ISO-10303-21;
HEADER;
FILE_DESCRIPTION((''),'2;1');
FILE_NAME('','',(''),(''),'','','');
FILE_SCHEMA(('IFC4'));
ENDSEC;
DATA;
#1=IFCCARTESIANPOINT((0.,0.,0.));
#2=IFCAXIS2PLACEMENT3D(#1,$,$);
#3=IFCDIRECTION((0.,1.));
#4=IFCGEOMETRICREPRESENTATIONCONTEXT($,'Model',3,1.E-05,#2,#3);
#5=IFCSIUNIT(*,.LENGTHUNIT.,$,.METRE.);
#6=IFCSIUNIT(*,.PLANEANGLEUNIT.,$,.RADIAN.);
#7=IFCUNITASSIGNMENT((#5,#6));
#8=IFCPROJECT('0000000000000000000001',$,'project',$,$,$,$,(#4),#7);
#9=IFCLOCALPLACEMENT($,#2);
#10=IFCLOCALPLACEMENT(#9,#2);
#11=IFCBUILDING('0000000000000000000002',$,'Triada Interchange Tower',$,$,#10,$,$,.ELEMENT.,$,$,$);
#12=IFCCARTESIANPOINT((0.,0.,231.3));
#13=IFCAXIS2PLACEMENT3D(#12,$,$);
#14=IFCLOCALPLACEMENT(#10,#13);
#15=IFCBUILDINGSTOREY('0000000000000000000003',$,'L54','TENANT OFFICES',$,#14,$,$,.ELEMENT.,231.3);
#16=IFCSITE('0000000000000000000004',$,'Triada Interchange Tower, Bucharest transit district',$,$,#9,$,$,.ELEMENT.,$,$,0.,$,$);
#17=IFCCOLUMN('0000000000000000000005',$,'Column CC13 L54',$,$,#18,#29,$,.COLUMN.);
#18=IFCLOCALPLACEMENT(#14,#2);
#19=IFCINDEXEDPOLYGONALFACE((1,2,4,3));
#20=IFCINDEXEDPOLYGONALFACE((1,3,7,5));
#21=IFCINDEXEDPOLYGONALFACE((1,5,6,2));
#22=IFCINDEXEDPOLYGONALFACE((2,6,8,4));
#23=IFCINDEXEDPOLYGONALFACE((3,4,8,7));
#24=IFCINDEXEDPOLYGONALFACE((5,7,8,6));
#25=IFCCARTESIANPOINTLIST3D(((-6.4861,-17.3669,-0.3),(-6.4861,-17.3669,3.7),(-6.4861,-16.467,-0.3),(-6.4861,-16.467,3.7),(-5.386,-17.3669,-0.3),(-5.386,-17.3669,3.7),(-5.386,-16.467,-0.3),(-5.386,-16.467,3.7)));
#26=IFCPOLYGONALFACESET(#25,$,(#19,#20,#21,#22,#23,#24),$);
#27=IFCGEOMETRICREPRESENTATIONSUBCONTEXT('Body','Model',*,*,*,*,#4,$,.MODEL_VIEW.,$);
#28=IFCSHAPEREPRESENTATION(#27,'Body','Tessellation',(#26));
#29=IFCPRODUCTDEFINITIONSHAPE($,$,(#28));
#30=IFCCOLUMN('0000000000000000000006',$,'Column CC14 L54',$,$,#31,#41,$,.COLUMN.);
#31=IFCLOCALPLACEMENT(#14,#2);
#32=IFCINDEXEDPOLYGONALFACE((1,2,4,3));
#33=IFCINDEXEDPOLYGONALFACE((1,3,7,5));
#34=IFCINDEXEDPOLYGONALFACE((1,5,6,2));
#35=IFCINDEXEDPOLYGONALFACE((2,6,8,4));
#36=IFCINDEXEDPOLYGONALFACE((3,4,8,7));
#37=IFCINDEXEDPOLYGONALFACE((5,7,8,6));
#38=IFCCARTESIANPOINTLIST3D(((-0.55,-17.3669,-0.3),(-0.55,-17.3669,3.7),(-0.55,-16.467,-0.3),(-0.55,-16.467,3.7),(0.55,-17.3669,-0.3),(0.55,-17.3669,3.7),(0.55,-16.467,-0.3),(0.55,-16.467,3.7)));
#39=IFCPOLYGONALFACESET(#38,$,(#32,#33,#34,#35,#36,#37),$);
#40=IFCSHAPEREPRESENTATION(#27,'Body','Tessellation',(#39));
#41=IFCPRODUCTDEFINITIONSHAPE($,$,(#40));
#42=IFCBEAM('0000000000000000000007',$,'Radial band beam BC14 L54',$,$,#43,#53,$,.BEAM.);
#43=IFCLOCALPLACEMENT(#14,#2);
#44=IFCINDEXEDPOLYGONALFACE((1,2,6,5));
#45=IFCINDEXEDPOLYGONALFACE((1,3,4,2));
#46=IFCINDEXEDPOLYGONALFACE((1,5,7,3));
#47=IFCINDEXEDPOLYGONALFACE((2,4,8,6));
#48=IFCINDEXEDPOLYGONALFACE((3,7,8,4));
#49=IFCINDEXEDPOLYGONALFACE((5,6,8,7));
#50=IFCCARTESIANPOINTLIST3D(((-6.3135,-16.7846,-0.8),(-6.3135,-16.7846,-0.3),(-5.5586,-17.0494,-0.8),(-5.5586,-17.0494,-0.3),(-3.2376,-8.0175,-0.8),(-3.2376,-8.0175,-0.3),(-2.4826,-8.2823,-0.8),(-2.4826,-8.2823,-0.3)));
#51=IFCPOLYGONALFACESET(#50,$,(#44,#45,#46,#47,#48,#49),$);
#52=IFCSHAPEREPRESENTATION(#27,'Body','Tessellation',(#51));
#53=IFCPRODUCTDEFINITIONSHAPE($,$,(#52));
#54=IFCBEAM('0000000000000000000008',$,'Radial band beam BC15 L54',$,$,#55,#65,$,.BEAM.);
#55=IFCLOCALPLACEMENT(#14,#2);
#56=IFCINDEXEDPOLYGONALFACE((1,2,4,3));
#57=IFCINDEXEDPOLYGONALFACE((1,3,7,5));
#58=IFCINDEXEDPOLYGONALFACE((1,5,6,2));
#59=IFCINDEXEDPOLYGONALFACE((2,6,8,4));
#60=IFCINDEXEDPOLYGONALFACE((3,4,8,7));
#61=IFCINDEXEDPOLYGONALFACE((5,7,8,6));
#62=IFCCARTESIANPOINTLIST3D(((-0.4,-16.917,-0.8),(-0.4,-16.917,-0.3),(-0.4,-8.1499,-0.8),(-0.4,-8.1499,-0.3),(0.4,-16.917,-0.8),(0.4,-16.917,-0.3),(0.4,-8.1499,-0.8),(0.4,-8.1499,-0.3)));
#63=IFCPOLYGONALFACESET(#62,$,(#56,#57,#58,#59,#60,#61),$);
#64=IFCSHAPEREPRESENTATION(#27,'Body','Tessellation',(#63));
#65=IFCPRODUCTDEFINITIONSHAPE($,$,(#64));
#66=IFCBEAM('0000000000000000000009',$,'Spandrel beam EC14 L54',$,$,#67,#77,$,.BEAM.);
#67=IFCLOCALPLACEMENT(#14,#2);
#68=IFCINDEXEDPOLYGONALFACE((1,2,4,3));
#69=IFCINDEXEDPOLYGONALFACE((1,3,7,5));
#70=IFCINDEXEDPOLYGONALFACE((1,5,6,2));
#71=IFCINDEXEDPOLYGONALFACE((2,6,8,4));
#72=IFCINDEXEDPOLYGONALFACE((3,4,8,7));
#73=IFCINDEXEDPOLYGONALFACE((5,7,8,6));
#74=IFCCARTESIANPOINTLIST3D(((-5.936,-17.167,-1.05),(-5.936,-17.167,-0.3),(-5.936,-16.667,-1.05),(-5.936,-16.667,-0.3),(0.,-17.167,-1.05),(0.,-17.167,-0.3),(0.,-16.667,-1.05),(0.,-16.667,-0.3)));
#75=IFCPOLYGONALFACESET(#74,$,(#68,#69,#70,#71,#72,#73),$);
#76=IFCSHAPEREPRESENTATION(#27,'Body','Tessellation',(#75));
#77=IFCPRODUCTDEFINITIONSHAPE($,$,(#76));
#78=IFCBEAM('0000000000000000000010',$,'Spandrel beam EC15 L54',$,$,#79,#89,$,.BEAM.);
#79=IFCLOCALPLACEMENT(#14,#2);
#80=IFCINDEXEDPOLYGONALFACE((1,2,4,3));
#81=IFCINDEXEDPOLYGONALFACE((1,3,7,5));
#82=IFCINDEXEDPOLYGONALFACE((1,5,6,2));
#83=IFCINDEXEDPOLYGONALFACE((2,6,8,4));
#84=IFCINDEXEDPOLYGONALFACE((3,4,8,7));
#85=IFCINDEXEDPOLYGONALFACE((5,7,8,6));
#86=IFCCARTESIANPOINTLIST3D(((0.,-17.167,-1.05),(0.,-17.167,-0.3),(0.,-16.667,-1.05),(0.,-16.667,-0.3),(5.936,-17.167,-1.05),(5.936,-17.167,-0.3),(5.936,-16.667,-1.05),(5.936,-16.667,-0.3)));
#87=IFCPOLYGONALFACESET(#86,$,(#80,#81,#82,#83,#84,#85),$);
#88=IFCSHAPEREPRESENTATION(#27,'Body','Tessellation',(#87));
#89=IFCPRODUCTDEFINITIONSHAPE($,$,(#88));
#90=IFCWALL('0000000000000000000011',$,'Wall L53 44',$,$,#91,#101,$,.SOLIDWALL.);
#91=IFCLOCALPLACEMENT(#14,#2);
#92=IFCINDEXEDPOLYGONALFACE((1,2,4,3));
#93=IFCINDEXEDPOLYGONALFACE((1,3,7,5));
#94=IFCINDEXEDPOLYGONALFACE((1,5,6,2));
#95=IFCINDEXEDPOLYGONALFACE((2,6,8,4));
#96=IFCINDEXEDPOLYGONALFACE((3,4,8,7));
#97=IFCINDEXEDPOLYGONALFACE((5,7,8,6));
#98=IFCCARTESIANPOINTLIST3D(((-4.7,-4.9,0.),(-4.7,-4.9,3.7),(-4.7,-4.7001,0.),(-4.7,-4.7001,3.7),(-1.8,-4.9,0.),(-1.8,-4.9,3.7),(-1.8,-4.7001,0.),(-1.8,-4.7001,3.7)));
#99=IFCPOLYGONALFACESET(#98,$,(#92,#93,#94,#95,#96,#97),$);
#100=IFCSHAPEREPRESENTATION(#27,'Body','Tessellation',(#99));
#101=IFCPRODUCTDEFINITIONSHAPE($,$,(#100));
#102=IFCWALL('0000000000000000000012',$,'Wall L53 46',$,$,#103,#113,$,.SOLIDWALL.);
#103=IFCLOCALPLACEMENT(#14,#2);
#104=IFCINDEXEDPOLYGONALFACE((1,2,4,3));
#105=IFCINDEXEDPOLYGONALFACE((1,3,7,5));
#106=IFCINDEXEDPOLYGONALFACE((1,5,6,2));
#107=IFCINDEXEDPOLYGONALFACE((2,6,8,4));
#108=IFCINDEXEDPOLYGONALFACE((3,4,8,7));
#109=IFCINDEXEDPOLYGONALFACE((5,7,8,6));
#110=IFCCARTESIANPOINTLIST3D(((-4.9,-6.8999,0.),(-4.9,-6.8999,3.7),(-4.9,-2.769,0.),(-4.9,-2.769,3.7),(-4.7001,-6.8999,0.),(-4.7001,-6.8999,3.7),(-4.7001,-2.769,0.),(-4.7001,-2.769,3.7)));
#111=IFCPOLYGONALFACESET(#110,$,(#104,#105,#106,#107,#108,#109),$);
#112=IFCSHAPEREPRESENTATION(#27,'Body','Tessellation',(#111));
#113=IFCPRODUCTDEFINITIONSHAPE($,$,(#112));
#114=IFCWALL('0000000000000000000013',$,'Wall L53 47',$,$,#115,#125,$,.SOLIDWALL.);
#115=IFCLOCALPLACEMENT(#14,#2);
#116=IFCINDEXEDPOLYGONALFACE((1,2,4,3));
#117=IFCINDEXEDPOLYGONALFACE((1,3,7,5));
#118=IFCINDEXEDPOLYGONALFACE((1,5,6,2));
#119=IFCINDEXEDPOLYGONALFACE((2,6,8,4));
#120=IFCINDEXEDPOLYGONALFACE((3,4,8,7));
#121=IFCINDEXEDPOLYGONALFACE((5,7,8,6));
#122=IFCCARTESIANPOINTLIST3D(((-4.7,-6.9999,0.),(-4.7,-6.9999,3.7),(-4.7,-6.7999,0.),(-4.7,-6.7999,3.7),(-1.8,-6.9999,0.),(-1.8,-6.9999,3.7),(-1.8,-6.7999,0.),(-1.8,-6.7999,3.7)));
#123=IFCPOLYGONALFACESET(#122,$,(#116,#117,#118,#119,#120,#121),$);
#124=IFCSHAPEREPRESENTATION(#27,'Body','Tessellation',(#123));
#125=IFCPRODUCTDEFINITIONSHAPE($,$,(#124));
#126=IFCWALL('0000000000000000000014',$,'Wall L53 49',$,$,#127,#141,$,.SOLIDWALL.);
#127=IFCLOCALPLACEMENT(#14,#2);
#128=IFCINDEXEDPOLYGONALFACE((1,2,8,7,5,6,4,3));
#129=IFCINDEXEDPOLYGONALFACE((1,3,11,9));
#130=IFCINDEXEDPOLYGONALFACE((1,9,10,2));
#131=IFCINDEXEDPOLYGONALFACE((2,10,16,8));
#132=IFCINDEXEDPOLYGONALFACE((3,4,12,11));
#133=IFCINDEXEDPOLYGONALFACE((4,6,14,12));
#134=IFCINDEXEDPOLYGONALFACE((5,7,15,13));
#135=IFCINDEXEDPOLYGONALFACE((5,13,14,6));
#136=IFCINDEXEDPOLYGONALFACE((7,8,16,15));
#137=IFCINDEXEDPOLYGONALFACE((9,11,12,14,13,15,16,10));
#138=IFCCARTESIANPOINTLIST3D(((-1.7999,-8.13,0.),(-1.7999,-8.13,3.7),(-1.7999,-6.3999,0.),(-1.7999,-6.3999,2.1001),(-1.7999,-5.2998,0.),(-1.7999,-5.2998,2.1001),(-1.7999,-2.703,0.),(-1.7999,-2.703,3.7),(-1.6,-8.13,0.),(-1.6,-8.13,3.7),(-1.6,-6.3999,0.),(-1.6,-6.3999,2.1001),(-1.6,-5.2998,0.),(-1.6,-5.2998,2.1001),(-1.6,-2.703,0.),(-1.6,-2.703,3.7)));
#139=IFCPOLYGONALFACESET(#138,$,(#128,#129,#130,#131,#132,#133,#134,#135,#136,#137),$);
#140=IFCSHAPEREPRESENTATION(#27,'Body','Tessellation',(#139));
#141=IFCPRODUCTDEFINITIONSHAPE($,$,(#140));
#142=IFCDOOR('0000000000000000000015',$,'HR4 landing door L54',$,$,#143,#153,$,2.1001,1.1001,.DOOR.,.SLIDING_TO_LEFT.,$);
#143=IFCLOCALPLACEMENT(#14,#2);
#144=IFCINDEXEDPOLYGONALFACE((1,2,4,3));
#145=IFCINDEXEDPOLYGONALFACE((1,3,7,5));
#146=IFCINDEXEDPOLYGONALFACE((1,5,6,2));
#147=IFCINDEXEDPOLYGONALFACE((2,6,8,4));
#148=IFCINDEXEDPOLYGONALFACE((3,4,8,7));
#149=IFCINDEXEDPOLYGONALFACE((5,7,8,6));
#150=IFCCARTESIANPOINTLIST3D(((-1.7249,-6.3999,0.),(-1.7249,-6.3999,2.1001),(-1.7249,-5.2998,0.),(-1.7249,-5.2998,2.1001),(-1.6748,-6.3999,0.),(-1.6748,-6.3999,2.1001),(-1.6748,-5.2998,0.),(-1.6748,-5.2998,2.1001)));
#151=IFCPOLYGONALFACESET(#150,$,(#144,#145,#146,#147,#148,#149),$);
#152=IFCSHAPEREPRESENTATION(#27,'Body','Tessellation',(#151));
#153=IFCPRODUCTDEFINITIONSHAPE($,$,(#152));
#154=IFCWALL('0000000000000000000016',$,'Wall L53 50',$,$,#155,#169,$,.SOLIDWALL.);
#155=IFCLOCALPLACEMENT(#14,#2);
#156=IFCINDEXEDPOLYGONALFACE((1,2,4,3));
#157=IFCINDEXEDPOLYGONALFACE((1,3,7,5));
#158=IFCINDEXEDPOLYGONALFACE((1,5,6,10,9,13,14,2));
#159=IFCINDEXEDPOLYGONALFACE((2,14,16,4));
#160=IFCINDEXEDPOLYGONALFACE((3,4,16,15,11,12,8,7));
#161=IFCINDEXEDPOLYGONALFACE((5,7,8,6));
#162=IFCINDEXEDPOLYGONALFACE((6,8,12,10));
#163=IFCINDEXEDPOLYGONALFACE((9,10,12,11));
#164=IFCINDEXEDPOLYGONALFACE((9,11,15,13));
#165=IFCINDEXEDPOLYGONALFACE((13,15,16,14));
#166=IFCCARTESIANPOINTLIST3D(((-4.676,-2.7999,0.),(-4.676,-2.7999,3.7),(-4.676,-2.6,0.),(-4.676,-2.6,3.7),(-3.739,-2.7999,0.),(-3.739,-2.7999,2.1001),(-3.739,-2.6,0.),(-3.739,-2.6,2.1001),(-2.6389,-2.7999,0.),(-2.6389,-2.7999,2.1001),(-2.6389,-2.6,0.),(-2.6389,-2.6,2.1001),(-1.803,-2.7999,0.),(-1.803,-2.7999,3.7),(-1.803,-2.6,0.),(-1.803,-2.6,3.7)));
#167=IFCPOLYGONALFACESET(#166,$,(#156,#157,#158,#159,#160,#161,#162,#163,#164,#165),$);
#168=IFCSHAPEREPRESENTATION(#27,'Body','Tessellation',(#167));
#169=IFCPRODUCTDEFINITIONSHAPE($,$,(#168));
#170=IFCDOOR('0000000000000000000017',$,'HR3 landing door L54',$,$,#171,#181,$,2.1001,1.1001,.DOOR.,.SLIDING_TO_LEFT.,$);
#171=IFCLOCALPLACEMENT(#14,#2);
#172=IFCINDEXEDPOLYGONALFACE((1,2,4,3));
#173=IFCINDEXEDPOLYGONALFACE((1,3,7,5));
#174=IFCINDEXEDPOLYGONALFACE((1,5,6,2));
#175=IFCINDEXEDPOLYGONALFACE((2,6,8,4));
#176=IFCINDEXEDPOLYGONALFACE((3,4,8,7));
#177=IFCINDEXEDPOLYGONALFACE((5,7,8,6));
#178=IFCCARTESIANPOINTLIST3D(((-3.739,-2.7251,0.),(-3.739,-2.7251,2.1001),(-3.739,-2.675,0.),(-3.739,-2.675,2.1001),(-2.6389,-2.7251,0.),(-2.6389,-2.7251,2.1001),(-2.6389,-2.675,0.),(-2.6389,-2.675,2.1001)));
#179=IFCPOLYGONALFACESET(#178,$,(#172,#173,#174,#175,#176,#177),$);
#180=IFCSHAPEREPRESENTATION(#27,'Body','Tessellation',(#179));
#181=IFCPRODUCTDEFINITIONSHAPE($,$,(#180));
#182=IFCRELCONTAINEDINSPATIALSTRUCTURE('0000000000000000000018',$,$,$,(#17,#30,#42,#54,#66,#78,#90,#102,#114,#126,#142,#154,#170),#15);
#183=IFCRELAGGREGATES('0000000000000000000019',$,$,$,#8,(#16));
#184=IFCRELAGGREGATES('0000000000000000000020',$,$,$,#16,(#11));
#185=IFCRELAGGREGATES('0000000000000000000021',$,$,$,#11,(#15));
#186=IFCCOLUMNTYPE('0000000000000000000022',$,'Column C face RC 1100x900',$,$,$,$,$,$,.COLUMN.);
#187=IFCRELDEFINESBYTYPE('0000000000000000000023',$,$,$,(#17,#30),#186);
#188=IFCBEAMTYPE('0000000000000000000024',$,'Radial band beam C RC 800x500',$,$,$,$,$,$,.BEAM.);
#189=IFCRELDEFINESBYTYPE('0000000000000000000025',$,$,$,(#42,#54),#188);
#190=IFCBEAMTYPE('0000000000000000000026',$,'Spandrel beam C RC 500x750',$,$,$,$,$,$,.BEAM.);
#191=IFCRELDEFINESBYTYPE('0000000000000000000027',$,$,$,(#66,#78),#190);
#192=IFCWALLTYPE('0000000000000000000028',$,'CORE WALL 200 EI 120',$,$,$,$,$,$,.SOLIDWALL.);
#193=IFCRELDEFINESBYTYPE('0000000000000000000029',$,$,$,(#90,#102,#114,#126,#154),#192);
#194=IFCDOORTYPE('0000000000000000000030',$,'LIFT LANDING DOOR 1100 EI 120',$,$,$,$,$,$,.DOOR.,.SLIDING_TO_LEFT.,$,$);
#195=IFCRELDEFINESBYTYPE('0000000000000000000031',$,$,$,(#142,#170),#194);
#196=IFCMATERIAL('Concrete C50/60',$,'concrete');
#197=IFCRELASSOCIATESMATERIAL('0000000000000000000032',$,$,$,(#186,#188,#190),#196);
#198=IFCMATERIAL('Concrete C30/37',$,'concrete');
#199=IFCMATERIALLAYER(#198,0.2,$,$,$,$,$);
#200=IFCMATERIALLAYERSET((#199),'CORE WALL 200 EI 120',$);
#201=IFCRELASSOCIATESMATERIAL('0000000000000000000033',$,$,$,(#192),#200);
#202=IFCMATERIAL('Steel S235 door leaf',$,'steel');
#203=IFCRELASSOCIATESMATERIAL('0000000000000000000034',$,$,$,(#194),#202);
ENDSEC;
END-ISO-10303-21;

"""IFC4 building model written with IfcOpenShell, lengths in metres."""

from ifc_helpers import new_model, si_unit, direction, frame, frame_2d, origin, origin_2d, place, context, subcontext, project, spatial, rectangle, extrude, material, layer, layer_set, material_profile, profile_set, type_object, element, fill, save


model = new_model("IFC4")

# Units and contexts
model_context = context("Model", 3, precision=1e-05, world=origin(), true_north=direction((0.0, 1.0)))
body_context = subcontext(model_context, "Body", "Model", "MODEL_VIEW")
ifc_project = project(units=[si_unit("LENGTHUNIT", "METRE"), si_unit("PLANEANGLEUNIT", "RADIAN")], contexts=[model_context])

# Site, building, storey
site_placement = place(None, origin())
site = spatial("IfcSite", under=ifc_project, at=site_placement, Name="Triada Interchange Tower, Bucharest transit district", CompositionType="ELEMENT", RefElevation=0.0)
building_placement = place(site_placement, origin())
building = spatial("IfcBuilding", under=site, at=building_placement, Name="Triada Interchange Tower", CompositionType="ELEMENT")
storey_placement = place(building_placement, frame((0.0, 0.0, 231.3)))
storey = spatial("IfcBuildingStorey", under=building, at=storey_placement, Name="L54", Description="TENANT OFFICES", CompositionType="ELEMENT", Elevation=231.3)

# Columns
ifc_material_1 = material(Name="Concrete C50/60", Category="concrete")
ifc_material_profile_1 = material_profile(ifc_material_1, rectangle(XDim=1.1001, YDim=0.8999, at=origin_2d()), Name="RC 1100x900")
ifc_profile_set_1 = profile_set([ifc_material_profile_1], Name="Concrete C50/60")
column_type = type_object("IfcColumnType", Name="Column C face RC 1100x900", PredefinedType="COLUMN", material=ifc_profile_set_1)
for number, where, z_axis, x_axis, name in (
    (1, (-5.936, -16.917, -0.3), (0.0, 0.0, 1.0), (1.0, 0.0, 0.0), "Column CC13 L54"),
    (2, (0.0, -16.917, -0.3), (0.0, 0.0, 1.0), (1.0, 0.0, 0.0), "Column CC14 L54"),
):
    element("IfcColumn", number, at=place(storey_placement, frame(where, z_axis=z_axis, x_axis=x_axis)), inside=storey, type_object=column_type, Name=name, PredefinedType="COLUMN", context=body_context, shape_type="SweptSolid", body=[
        extrude(rectangle(XDim=1.1001, YDim=0.8999, at=origin_2d()), origin(), (0.0, 0.0, 1.0), 4.0),
    ])

# Beams
ifc_material_profile_2 = material_profile(ifc_material_1, rectangle(XDim=0.8, YDim=0.5, at=origin_2d()), Name="RC 800x500")
ifc_profile_set_2 = profile_set([ifc_material_profile_2], Name="Concrete C50/60")
beam_type_1 = type_object("IfcBeamType", Name="Radial band beam C RC 800x500", PredefinedType="BEAM", material=ifc_profile_set_2)
beam_1_placement = place(storey_placement, frame((-5.936, -16.917, -0.55), z_axis=(0.331064, 0.943608, 0.0), x_axis=(-0.943608, 0.331064, 0.0)))
element("IfcBeam", 3, at=beam_1_placement, inside=storey, type_object=beam_type_1, Name="Radial band beam BC14 L54", PredefinedType="BEAM", context=body_context, shape_type="SweptSolid", body=[
    extrude(rectangle(XDim=0.8, YDim=0.5, at=origin_2d()), origin(), (0.0, 0.0, 1.0), 9.291),
])
beam_2_placement = place(storey_placement, frame((0.0, -16.917, -0.55), z_axis=(0.0, 1.0, 0.0), x_axis=(-1.0, 0.0, 0.0)))
element("IfcBeam", 4, at=beam_2_placement, inside=storey, type_object=beam_type_1, Name="Radial band beam BC15 L54", PredefinedType="BEAM", context=body_context, shape_type="SweptSolid", body=[
    extrude(rectangle(XDim=0.8, YDim=0.5, at=origin_2d()), origin(), (0.0, 0.0, 1.0), 8.7671),
])
ifc_material_profile_3 = material_profile(ifc_material_1, rectangle(XDim=0.5, YDim=0.75, at=origin_2d()), Name="RC 500x750")
ifc_profile_set_3 = profile_set([ifc_material_profile_3], Name="Concrete C50/60")
beam_type_2 = type_object("IfcBeamType", Name="Spandrel beam C RC 500x750", PredefinedType="BEAM", material=ifc_profile_set_3)
for number, where, z_axis, x_axis, name in (
    (5, (-5.936, -16.917, -0.675), (1.0, 0.0, 0.0), (0.0, 1.0, 0.0), "Spandrel beam EC14 L54"),
    (6, (0.0, -16.917, -0.675), (1.0, 0.0, 0.0), (0.0, 1.0, 0.0), "Spandrel beam EC15 L54"),
):
    element("IfcBeam", number, at=place(storey_placement, frame(where, z_axis=z_axis, x_axis=x_axis)), inside=storey, type_object=beam_type_2, Name=name, PredefinedType="BEAM", context=body_context, shape_type="SweptSolid", body=[
        extrude(rectangle(XDim=0.5, YDim=0.75, at=origin_2d()), origin(), (0.0, 0.0, 1.0), 5.936),
    ])

# Walls
ifc_material_2 = material(Name="Concrete C30/37", Category="concrete")
ifc_layer_1 = layer(ifc_material_2, 0.2)
ifc_layer_set_1 = layer_set([ifc_layer_1], Name="CORE WALL 200 EI 120")
wall_type_1 = type_object("IfcWallType", Name="CORE WALL 200 EI 120", PredefinedType="SOLIDWALL", material=ifc_layer_set_1)
wall_1_placement = place(storey_placement, frame((-4.7, -4.8, 0.0), z_axis=(0.0, 0.0, 1.0), x_axis=(1.0, 0.0, 0.0)))
element("IfcWall", 7, at=wall_1_placement, inside=storey, type_object=wall_type_1, Name="Wall L53 44", PredefinedType="SOLIDWALL", context=body_context, shape_type="SweptSolid", body=[
    extrude(rectangle(XDim=2.8999, YDim=0.2, at=frame_2d((1.45, 0.0))), origin(), (0.0, 0.0, 1.0), 3.7),
])
wall_2_placement = place(storey_placement, frame((-4.8, -6.8999, 0.0), z_axis=(0.0, 0.0, 1.0), x_axis=(0.0, 1.0, 0.0)))
element("IfcWall", 8, at=wall_2_placement, inside=storey, type_object=wall_type_1, Name="Wall L53 46", PredefinedType="SOLIDWALL", context=body_context, shape_type="SweptSolid", body=[
    extrude(rectangle(XDim=4.1309, YDim=0.2, at=frame_2d((2.0654, 0.0))), origin(), (0.0, 0.0, 1.0), 3.7),
])
wall_3_placement = place(storey_placement, frame((-4.7, -6.8999, 0.0), z_axis=(0.0, 0.0, 1.0), x_axis=(1.0, 0.0, 0.0)))
element("IfcWall", 9, at=wall_3_placement, inside=storey, type_object=wall_type_1, Name="Wall L53 47", PredefinedType="SOLIDWALL", context=body_context, shape_type="SweptSolid", body=[
    extrude(rectangle(XDim=2.8999, YDim=0.2, at=frame_2d((1.45, 0.0))), origin(), (0.0, 0.0, 1.0), 3.7),
])

# Walls, openings, doors
wall_4_placement = place(storey_placement, frame((-1.7, -8.1299, 0.0), z_axis=(0.0, 0.0, 1.0), x_axis=(0.0, 1.0, 0.0)))
wall_4 = element("IfcWall", 10, at=wall_4_placement, inside=storey, type_object=wall_type_1, Name="Wall L53 49", PredefinedType="SOLIDWALL", context=body_context, shape_type="SweptSolid", body=[
    extrude(rectangle(XDim=5.427, YDim=0.2, at=frame_2d((2.7134, 0.0))), origin(), (0.0, 0.0, 1.0), 3.7),
])
opening_1_placement = place(wall_4_placement, frame((1.73, 0.0, 0.0)))
opening_1 = element("IfcOpeningElement", 11, at=opening_1_placement, cuts=wall_4, PredefinedType="OPENING", context=body_context, shape_type="SweptSolid", body=[
    extrude(rectangle(XDim=1.1001, YDim=2.1001, at=frame_2d((0.55, 1.05))), frame((0.0, 0.1099, 0.0), z_axis=(0.0, -1.0, 0.0), x_axis=(1.0, 0.0, 0.0)), (0.0, 0.0, 1.0), 0.22),
])
ifc_material_3 = material(Name="Steel S235 door leaf", Category="steel")
door_type = type_object("IfcDoorType", Name="LIFT LANDING DOOR 1100 EI 120", OperationType="SLIDING_TO_LEFT", PredefinedType="DOOR", material=ifc_material_3)
door_1_placement = place(opening_1_placement, origin())
door_1 = element("IfcDoor", 12, at=door_1_placement, inside=storey, type_object=door_type, Name="HR4 landing door L54", OperationType="SLIDING_TO_LEFT", OverallHeight=2.1001, OverallWidth=1.1001, PredefinedType="DOOR", context=body_context, shape_type="SweptSolid", body=[
    extrude(rectangle(XDim=1.1001, YDim=2.1001, at=frame_2d((0.55, 1.05))), frame((0.0, 0.0249, 0.0), z_axis=(0.0, -1.0, 0.0), x_axis=(1.0, 0.0, 0.0)), (0.0, 0.0, 1.0), 0.05),
])
fill(opening_1, door_1)
wall_5_placement = place(storey_placement, frame((-4.676, -2.7, 0.0), z_axis=(0.0, 0.0, 1.0), x_axis=(1.0, 0.0, 0.0)))
wall_5 = element("IfcWall", 13, at=wall_5_placement, inside=storey, type_object=wall_type_1, Name="Wall L53 50", PredefinedType="SOLIDWALL", context=body_context, shape_type="SweptSolid", body=[
    extrude(rectangle(XDim=2.873, YDim=0.2, at=frame_2d((1.4365, 0.0))), origin(), (0.0, 0.0, 1.0), 3.7),
])
opening_2_placement = place(wall_5_placement, frame((0.937, 0.0, 0.0)))
opening_2 = element("IfcOpeningElement", 14, at=opening_2_placement, cuts=wall_5, PredefinedType="OPENING", context=body_context, shape_type="SweptSolid", body=[
    extrude(rectangle(XDim=1.1001, YDim=2.1001, at=frame_2d((0.55, 1.05))), frame((0.0, 0.1099, 0.0), z_axis=(0.0, -1.0, 0.0), x_axis=(1.0, 0.0, 0.0)), (0.0, 0.0, 1.0), 0.22),
])
door_2_placement = place(opening_2_placement, origin())
door_2 = element("IfcDoor", 15, at=door_2_placement, inside=storey, type_object=door_type, Name="HR3 landing door L54", OperationType="SLIDING_TO_LEFT", OverallHeight=2.1001, OverallWidth=1.1001, PredefinedType="DOOR", context=body_context, shape_type="SweptSolid", body=[
    extrude(rectangle(XDim=1.1001, YDim=2.1001, at=frame_2d((0.55, 1.05))), frame((0.0, 0.0249, 0.0), z_axis=(0.0, -1.0, 0.0), x_axis=(1.0, 0.0, 0.0)), (0.0, 0.0, 1.0), 0.05),
])
fill(opening_2, door_2)

save(model, "model.ifc")
